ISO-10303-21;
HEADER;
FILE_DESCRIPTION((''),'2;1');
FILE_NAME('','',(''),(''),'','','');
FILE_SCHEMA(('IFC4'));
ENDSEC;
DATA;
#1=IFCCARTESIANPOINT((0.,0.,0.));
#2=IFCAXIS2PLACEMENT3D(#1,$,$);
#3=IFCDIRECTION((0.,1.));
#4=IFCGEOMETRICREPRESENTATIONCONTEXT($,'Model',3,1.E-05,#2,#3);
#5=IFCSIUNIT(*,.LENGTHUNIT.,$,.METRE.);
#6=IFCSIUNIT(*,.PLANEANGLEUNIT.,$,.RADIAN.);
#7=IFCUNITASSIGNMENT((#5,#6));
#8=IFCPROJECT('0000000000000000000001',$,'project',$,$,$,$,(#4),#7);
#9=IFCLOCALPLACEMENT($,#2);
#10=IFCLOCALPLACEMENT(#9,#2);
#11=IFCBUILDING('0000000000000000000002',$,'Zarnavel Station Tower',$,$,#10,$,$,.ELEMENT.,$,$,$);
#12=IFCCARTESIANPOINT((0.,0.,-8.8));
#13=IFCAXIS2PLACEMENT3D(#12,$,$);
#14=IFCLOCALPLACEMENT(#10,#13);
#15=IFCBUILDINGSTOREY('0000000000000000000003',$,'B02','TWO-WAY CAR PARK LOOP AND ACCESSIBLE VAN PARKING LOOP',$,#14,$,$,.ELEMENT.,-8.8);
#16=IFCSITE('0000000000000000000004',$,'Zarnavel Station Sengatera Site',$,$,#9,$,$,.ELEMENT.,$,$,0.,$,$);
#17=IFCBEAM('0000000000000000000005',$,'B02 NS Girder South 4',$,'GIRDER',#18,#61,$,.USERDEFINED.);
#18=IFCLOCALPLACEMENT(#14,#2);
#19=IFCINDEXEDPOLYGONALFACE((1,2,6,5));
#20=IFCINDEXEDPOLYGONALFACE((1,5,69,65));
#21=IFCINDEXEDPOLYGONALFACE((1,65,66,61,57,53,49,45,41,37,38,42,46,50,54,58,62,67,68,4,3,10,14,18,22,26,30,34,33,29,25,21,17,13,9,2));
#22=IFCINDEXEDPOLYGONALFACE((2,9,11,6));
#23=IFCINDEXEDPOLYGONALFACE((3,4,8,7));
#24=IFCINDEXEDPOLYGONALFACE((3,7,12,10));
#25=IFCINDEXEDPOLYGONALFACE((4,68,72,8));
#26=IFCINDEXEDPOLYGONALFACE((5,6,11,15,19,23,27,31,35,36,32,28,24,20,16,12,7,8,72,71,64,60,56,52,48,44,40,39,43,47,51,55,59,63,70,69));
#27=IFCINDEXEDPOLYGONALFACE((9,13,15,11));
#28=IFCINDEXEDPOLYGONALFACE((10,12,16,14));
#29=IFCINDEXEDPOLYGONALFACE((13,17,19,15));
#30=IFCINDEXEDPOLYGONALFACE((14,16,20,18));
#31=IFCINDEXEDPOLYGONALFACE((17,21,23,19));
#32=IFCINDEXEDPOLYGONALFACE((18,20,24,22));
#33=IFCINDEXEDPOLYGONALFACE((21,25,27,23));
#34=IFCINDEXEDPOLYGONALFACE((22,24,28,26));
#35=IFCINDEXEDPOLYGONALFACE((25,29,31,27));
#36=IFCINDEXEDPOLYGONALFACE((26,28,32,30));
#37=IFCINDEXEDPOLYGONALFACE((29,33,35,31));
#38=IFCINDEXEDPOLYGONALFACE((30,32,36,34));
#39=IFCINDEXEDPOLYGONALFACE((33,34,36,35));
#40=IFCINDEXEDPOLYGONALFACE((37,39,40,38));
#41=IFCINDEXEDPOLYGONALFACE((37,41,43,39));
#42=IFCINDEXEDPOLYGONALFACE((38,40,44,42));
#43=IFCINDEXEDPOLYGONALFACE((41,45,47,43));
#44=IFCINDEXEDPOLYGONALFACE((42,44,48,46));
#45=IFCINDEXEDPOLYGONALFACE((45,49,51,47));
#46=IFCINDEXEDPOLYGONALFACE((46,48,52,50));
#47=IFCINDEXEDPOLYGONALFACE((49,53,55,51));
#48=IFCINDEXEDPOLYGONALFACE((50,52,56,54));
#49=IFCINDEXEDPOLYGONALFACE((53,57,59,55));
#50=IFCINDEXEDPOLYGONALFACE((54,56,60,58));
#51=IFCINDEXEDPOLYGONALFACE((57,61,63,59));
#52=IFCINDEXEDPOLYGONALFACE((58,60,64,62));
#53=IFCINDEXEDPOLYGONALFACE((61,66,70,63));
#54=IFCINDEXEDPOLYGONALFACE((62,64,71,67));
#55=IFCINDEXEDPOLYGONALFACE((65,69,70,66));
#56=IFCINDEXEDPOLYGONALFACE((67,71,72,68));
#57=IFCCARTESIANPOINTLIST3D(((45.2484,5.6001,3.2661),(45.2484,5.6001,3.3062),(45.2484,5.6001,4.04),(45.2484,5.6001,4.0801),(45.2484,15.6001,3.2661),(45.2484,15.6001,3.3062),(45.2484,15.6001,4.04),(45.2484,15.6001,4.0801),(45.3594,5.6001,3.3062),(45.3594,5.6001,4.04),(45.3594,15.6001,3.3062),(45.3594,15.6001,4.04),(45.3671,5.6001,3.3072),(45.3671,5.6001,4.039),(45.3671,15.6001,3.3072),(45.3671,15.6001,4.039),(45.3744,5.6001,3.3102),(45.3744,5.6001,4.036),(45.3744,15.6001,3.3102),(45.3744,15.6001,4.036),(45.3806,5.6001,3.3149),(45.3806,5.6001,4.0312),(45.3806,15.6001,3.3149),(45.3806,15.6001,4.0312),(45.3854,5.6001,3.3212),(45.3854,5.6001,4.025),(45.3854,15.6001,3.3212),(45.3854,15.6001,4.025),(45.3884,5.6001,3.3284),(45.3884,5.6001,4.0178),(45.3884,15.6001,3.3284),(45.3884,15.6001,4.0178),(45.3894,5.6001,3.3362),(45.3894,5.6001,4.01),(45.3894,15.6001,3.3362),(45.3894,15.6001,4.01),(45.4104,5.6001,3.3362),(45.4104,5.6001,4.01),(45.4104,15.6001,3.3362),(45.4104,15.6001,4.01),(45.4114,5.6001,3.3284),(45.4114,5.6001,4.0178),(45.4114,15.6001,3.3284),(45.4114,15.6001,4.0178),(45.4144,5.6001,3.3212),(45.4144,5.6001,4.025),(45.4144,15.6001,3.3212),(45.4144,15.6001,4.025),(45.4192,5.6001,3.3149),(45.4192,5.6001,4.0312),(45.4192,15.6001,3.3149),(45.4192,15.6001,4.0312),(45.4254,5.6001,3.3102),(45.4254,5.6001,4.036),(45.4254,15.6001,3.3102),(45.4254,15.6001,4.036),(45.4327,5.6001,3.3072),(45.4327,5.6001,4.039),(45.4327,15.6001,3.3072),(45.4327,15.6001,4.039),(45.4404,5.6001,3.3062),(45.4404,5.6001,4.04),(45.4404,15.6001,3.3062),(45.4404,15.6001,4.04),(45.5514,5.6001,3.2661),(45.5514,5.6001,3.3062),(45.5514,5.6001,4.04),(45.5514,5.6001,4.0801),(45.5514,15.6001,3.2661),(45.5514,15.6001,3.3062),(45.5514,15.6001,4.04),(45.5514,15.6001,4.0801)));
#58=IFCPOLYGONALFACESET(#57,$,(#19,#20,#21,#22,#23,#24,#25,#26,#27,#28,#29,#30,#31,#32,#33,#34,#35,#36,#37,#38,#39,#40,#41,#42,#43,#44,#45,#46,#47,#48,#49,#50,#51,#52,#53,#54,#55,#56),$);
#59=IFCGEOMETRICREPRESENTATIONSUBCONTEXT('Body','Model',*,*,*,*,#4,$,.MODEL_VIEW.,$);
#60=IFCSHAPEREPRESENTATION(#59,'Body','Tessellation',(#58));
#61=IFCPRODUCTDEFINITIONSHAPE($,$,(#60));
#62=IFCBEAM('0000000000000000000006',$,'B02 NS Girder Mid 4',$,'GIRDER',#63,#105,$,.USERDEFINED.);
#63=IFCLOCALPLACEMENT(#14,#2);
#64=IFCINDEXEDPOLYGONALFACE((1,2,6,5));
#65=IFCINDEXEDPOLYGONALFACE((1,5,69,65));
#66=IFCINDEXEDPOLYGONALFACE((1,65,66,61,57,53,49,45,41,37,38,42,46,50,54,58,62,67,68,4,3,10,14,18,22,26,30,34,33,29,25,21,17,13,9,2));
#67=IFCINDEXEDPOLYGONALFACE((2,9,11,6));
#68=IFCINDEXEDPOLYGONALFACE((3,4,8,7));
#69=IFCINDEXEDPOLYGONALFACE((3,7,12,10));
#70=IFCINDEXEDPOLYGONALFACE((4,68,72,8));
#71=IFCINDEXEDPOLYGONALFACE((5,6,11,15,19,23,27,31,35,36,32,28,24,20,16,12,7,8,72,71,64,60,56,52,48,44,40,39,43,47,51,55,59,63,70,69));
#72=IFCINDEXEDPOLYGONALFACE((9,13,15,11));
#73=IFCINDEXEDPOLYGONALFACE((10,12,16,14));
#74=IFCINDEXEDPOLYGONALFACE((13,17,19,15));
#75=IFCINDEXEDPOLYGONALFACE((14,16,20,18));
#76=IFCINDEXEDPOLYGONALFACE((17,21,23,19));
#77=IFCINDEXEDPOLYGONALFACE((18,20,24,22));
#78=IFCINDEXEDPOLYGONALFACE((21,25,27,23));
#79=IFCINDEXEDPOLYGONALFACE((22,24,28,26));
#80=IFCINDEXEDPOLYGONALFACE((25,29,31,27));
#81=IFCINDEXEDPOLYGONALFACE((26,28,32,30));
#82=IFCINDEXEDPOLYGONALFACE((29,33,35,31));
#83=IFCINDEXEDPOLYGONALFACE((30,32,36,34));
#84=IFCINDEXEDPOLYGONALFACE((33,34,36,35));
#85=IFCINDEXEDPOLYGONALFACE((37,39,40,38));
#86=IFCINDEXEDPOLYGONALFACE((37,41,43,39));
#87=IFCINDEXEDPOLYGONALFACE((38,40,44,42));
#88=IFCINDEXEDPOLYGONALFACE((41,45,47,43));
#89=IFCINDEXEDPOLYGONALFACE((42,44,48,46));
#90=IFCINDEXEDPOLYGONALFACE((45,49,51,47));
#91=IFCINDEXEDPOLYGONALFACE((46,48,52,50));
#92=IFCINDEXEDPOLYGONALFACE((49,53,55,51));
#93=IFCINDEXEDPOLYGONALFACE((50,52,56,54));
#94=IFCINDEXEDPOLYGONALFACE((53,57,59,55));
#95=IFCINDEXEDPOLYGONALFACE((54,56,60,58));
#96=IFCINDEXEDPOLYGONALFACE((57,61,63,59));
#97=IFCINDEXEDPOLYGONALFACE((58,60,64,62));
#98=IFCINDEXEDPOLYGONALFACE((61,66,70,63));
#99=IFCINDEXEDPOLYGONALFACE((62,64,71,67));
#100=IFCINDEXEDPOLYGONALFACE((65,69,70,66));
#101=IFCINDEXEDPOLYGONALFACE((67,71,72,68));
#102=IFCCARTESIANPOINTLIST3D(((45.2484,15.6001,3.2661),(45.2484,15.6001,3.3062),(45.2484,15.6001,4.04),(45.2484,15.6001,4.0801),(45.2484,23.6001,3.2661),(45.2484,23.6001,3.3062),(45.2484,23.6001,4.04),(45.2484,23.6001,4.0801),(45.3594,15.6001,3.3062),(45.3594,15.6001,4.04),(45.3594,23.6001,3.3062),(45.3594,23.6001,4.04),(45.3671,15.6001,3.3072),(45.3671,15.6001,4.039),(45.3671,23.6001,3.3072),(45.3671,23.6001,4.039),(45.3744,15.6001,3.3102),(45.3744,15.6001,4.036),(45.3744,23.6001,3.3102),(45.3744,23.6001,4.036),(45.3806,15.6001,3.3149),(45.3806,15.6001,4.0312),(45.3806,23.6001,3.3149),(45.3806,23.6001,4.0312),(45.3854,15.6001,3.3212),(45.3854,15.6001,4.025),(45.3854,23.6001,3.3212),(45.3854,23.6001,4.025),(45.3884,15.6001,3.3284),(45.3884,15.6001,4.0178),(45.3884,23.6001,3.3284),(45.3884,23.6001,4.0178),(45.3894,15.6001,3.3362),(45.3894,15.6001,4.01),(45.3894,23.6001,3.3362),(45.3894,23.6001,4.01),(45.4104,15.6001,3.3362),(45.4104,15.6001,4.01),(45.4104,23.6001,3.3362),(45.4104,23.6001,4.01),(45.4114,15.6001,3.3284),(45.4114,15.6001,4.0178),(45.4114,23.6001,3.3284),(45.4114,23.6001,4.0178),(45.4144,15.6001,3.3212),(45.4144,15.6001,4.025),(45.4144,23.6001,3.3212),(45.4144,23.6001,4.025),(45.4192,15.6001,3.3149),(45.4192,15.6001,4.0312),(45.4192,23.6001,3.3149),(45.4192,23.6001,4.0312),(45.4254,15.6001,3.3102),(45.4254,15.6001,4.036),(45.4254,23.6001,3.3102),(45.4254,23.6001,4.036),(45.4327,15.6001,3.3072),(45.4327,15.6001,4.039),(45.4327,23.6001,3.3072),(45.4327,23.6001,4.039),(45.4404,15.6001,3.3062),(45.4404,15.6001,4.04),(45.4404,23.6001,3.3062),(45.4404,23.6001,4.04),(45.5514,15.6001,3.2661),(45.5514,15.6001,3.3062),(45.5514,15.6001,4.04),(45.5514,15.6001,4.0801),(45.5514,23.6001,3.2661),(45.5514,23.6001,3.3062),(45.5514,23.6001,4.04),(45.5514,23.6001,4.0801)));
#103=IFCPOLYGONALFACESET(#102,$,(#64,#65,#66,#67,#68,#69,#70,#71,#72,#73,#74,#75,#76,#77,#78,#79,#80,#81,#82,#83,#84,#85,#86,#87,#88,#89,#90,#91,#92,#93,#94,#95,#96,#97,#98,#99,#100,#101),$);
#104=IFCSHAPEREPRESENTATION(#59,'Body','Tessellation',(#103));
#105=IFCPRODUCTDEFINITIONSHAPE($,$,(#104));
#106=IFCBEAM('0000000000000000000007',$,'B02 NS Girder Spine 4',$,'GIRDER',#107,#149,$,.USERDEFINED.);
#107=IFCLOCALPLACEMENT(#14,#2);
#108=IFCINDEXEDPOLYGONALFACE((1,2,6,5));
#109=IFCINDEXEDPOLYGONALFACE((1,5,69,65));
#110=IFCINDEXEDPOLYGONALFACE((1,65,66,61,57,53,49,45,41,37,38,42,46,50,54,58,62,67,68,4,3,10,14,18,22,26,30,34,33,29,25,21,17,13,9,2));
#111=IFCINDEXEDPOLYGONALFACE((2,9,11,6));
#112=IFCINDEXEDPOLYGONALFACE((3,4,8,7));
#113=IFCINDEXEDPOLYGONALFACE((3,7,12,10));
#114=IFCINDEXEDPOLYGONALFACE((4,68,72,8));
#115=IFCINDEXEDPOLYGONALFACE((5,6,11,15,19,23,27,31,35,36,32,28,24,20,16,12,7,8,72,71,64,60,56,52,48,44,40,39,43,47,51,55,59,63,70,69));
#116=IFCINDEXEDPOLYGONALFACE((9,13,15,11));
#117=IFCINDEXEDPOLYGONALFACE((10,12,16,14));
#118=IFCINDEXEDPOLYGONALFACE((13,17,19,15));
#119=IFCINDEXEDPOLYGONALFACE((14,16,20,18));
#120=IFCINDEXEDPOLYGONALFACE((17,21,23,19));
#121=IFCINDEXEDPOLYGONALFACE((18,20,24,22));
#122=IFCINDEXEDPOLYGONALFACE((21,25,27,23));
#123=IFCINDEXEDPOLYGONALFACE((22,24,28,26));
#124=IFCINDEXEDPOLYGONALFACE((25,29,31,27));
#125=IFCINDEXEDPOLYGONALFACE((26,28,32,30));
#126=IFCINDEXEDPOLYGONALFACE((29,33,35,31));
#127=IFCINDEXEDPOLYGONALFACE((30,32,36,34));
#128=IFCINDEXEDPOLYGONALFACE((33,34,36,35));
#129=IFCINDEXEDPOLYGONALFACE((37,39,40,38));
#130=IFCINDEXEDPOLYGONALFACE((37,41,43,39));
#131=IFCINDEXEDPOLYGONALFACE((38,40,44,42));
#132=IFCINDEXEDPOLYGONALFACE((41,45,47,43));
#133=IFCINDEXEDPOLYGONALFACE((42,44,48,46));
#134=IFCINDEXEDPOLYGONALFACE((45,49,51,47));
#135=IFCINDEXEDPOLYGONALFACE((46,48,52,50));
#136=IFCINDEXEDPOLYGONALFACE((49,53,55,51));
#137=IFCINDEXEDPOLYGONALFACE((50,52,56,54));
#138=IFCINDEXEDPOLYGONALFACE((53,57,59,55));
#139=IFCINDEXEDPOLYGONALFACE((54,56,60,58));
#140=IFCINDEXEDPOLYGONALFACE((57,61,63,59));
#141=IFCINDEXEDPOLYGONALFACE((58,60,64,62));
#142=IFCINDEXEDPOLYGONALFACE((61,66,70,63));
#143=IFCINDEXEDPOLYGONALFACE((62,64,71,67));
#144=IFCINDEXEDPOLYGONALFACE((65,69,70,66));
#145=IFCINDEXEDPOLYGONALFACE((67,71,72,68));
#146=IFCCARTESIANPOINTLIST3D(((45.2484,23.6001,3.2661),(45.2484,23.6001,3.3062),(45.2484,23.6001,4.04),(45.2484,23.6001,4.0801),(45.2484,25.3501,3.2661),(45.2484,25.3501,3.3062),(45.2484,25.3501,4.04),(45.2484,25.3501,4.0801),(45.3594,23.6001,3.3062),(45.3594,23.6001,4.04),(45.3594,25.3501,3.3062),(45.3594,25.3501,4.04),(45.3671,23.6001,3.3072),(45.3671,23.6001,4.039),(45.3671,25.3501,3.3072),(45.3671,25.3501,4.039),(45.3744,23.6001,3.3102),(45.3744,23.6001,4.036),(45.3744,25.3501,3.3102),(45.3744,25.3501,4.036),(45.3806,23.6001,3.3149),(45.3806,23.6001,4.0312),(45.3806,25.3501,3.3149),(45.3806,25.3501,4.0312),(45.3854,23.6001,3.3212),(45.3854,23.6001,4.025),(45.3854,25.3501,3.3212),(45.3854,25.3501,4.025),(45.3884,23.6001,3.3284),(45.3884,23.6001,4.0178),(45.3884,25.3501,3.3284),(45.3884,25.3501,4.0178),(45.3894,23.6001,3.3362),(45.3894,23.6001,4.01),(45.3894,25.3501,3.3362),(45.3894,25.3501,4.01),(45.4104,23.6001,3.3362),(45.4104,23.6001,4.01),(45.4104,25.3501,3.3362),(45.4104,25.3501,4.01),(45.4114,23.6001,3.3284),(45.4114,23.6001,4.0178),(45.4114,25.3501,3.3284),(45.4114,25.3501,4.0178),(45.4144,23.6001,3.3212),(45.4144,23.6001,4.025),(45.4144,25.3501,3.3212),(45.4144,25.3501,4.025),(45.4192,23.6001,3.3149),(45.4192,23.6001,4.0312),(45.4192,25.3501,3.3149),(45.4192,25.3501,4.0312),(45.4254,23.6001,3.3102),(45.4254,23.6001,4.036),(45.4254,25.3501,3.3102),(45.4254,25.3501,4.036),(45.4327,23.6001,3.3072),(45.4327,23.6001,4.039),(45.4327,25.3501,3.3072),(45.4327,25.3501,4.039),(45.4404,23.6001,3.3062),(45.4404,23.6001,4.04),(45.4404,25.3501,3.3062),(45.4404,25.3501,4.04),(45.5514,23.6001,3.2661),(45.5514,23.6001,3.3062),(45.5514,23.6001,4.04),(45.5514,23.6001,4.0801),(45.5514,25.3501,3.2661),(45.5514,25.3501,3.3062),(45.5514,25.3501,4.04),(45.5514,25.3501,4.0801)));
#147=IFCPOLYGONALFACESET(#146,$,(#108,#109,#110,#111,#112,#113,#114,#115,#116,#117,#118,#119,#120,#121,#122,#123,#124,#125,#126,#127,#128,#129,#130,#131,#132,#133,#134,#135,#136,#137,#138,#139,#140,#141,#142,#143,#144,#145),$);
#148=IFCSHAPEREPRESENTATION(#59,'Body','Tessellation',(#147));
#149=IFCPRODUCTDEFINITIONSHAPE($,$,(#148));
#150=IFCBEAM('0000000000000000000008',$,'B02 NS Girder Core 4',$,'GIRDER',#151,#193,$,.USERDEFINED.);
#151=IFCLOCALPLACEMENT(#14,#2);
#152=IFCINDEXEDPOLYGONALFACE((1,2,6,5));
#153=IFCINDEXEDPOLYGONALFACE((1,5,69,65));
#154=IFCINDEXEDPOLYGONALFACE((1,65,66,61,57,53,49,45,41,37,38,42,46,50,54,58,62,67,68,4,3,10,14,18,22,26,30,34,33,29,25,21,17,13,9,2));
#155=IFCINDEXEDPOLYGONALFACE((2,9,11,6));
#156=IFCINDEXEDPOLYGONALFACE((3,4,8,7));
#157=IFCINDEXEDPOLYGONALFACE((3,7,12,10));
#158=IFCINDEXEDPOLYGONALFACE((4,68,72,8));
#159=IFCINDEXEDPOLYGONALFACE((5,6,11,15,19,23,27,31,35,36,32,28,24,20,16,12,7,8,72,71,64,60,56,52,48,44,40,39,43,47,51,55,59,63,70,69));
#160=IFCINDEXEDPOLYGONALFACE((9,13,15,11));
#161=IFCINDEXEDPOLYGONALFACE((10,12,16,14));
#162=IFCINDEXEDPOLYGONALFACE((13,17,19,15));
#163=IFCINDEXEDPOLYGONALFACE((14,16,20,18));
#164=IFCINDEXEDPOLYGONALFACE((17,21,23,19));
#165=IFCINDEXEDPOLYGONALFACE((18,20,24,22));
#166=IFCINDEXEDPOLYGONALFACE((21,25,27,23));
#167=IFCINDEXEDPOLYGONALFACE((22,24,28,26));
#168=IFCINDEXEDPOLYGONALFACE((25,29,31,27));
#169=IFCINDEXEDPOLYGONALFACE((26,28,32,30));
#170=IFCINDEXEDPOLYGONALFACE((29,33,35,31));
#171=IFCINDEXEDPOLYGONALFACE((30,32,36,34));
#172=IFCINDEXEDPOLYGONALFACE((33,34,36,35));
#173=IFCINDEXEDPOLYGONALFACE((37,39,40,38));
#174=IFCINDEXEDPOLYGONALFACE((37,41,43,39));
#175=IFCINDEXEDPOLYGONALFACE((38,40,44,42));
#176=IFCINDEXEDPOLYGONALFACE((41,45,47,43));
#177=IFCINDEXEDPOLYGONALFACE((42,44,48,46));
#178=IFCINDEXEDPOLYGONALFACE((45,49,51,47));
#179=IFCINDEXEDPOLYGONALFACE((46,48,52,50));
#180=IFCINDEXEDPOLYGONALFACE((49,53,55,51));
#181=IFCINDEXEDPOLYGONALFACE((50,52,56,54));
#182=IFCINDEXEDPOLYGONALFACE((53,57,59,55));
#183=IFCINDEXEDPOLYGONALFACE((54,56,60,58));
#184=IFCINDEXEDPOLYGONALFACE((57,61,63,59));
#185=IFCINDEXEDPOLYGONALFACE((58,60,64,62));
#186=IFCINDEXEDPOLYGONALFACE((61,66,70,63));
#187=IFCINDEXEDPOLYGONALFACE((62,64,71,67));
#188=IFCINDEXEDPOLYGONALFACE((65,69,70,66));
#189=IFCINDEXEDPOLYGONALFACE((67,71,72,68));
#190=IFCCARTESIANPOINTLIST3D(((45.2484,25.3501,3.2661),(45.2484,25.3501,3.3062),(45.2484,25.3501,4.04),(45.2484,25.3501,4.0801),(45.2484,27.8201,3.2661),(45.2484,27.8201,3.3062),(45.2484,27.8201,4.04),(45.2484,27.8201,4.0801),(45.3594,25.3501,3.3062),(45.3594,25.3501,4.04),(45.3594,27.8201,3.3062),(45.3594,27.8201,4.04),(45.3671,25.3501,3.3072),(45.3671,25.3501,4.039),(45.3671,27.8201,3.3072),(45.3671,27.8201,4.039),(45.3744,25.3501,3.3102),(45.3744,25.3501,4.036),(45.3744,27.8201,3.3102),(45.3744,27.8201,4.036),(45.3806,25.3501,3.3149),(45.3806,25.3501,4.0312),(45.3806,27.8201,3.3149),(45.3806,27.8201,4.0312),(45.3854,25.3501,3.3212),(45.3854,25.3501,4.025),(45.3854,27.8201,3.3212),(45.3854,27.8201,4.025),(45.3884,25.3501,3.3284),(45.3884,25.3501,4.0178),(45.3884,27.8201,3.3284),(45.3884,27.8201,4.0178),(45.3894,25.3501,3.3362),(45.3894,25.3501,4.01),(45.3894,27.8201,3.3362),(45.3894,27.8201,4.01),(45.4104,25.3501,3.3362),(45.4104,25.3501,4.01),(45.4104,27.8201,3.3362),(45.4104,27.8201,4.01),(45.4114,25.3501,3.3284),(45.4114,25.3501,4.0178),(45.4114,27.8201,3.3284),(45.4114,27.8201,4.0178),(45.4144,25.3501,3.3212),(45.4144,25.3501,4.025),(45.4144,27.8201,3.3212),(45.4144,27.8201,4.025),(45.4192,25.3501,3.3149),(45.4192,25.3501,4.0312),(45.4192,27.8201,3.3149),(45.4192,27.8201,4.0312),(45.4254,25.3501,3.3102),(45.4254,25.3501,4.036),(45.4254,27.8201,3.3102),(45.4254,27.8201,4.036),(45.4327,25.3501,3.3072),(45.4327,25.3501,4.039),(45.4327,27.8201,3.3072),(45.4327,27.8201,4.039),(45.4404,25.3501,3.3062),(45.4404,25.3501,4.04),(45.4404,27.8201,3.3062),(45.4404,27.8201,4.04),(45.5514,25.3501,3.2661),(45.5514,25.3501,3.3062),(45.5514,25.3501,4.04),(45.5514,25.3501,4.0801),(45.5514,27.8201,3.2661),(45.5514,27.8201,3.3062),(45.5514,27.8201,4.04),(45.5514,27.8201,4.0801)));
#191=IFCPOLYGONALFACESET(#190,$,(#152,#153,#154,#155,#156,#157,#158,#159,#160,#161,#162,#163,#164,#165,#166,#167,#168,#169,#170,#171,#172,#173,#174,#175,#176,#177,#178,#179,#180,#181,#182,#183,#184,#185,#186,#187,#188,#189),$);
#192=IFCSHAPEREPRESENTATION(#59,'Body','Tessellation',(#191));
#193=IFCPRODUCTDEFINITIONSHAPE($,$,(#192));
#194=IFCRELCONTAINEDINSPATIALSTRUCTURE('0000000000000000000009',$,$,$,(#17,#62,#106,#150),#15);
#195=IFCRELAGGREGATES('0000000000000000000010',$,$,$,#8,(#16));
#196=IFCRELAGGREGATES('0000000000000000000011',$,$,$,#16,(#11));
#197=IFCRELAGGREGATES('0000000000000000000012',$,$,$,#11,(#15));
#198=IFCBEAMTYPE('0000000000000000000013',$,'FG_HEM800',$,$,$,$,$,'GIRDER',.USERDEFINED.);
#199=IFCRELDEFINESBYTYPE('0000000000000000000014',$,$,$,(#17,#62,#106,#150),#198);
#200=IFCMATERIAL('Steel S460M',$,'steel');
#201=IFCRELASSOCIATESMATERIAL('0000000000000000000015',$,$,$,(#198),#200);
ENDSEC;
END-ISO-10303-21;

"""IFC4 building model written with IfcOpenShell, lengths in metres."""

from ifc_helpers import new_model, si_unit, direction, frame, origin, origin_2d, place, context, subcontext, project, spatial, i_section, extrude, material, material_profile, profile_set, type_object, element, save


model = new_model("IFC4")

# Units and contexts
model_context = context("Model", 3, precision=1e-05, world=origin(), true_north=direction((0.0, 1.0)))
body_context = subcontext(model_context, "Body", "Model", "MODEL_VIEW")
ifc_project = project(units=[si_unit("LENGTHUNIT", "METRE"), si_unit("PLANEANGLEUNIT", "RADIAN")], contexts=[model_context])

# Site, building, storey
site_placement = place(None, origin())
site = spatial("IfcSite", under=ifc_project, at=site_placement, Name="Zarnavel Station Sengatera Site", CompositionType="ELEMENT", RefElevation=0.0)
building_placement = place(site_placement, origin())
building = spatial("IfcBuilding", under=site, at=building_placement, Name="Zarnavel Station Tower", CompositionType="ELEMENT")
storey_placement = place(building_placement, frame((0.0, 0.0, -8.8)))
storey = spatial("IfcBuildingStorey", under=building, at=storey_placement, Name="B02", Description="TWO-WAY CAR PARK LOOP AND ACCESSIBLE VAN PARKING LOOP", CompositionType="ELEMENT", Elevation=-8.8)

# Beams
ifc_material_1 = material(Name="Steel S460M", Category="steel")
ifc_material_profile_1 = material_profile(ifc_material_1, i_section(OverallWidth=0.303, OverallDepth=0.814, WebThickness=0.021, FlangeThickness=0.04, FilletRadius=0.03, at=origin_2d()), Name="HEM800")
ifc_profile_set_1 = profile_set([ifc_material_profile_1], Name="Steel S460M")
beam_type_1 = type_object("IfcBeamType", Name="FG_HEM800", ElementType="GIRDER", PredefinedType="USERDEFINED", material=ifc_profile_set_1)
beam_1_placement = place(storey_placement, frame((45.3999, 5.6001, 3.6731), z_axis=(0.0, 1.0, 0.0), x_axis=(-1.0, 0.0, 0.0)))
element("IfcBeam", 1, at=beam_1_placement, inside=storey, type_object=beam_type_1, Name="B02 NS Girder South 4", ObjectType="GIRDER", PredefinedType="USERDEFINED", context=body_context, shape_type="SweptSolid", body=[
    extrude(i_section(OverallWidth=0.303, OverallDepth=0.814, WebThickness=0.021, FlangeThickness=0.04, FilletRadius=0.03, at=origin_2d()), origin(), (0.0, 0.0, 1.0), 10.0),
])
beam_2_placement = place(storey_placement, frame((45.3999, 15.6001, 3.6731), z_axis=(0.0, 1.0, 0.0), x_axis=(-1.0, 0.0, 0.0)))
element("IfcBeam", 2, at=beam_2_placement, inside=storey, type_object=beam_type_1, Name="B02 NS Girder Mid 4", ObjectType="GIRDER", PredefinedType="USERDEFINED", context=body_context, shape_type="SweptSolid", body=[
    extrude(i_section(OverallWidth=0.303, OverallDepth=0.814, WebThickness=0.021, FlangeThickness=0.04, FilletRadius=0.03, at=origin_2d()), origin(), (0.0, 0.0, 1.0), 8.0),
])
beam_3_placement = place(storey_placement, frame((45.3999, 23.6001, 3.6731), z_axis=(0.0, 1.0, 0.0), x_axis=(-1.0, 0.0, 0.0)))
element("IfcBeam", 3, at=beam_3_placement, inside=storey, type_object=beam_type_1, Name="B02 NS Girder Spine 4", ObjectType="GIRDER", PredefinedType="USERDEFINED", context=body_context, shape_type="SweptSolid", body=[
    extrude(i_section(OverallWidth=0.303, OverallDepth=0.814, WebThickness=0.021, FlangeThickness=0.04, FilletRadius=0.03, at=origin_2d()), origin(), (0.0, 0.0, 1.0), 1.75),
])
beam_4_placement = place(storey_placement, frame((45.3999, 25.3501, 3.6731), z_axis=(0.0, 1.0, 0.0), x_axis=(-1.0, 0.0, 0.0)))
element("IfcBeam", 4, at=beam_4_placement, inside=storey, type_object=beam_type_1, Name="B02 NS Girder Core 4", ObjectType="GIRDER", PredefinedType="USERDEFINED", context=body_context, shape_type="SweptSolid", body=[
    extrude(i_section(OverallWidth=0.303, OverallDepth=0.814, WebThickness=0.021, FlangeThickness=0.04, FilletRadius=0.03, at=origin_2d()), origin(), (0.0, 0.0, 1.0), 2.47),
])

save(model, "model.ifc")
